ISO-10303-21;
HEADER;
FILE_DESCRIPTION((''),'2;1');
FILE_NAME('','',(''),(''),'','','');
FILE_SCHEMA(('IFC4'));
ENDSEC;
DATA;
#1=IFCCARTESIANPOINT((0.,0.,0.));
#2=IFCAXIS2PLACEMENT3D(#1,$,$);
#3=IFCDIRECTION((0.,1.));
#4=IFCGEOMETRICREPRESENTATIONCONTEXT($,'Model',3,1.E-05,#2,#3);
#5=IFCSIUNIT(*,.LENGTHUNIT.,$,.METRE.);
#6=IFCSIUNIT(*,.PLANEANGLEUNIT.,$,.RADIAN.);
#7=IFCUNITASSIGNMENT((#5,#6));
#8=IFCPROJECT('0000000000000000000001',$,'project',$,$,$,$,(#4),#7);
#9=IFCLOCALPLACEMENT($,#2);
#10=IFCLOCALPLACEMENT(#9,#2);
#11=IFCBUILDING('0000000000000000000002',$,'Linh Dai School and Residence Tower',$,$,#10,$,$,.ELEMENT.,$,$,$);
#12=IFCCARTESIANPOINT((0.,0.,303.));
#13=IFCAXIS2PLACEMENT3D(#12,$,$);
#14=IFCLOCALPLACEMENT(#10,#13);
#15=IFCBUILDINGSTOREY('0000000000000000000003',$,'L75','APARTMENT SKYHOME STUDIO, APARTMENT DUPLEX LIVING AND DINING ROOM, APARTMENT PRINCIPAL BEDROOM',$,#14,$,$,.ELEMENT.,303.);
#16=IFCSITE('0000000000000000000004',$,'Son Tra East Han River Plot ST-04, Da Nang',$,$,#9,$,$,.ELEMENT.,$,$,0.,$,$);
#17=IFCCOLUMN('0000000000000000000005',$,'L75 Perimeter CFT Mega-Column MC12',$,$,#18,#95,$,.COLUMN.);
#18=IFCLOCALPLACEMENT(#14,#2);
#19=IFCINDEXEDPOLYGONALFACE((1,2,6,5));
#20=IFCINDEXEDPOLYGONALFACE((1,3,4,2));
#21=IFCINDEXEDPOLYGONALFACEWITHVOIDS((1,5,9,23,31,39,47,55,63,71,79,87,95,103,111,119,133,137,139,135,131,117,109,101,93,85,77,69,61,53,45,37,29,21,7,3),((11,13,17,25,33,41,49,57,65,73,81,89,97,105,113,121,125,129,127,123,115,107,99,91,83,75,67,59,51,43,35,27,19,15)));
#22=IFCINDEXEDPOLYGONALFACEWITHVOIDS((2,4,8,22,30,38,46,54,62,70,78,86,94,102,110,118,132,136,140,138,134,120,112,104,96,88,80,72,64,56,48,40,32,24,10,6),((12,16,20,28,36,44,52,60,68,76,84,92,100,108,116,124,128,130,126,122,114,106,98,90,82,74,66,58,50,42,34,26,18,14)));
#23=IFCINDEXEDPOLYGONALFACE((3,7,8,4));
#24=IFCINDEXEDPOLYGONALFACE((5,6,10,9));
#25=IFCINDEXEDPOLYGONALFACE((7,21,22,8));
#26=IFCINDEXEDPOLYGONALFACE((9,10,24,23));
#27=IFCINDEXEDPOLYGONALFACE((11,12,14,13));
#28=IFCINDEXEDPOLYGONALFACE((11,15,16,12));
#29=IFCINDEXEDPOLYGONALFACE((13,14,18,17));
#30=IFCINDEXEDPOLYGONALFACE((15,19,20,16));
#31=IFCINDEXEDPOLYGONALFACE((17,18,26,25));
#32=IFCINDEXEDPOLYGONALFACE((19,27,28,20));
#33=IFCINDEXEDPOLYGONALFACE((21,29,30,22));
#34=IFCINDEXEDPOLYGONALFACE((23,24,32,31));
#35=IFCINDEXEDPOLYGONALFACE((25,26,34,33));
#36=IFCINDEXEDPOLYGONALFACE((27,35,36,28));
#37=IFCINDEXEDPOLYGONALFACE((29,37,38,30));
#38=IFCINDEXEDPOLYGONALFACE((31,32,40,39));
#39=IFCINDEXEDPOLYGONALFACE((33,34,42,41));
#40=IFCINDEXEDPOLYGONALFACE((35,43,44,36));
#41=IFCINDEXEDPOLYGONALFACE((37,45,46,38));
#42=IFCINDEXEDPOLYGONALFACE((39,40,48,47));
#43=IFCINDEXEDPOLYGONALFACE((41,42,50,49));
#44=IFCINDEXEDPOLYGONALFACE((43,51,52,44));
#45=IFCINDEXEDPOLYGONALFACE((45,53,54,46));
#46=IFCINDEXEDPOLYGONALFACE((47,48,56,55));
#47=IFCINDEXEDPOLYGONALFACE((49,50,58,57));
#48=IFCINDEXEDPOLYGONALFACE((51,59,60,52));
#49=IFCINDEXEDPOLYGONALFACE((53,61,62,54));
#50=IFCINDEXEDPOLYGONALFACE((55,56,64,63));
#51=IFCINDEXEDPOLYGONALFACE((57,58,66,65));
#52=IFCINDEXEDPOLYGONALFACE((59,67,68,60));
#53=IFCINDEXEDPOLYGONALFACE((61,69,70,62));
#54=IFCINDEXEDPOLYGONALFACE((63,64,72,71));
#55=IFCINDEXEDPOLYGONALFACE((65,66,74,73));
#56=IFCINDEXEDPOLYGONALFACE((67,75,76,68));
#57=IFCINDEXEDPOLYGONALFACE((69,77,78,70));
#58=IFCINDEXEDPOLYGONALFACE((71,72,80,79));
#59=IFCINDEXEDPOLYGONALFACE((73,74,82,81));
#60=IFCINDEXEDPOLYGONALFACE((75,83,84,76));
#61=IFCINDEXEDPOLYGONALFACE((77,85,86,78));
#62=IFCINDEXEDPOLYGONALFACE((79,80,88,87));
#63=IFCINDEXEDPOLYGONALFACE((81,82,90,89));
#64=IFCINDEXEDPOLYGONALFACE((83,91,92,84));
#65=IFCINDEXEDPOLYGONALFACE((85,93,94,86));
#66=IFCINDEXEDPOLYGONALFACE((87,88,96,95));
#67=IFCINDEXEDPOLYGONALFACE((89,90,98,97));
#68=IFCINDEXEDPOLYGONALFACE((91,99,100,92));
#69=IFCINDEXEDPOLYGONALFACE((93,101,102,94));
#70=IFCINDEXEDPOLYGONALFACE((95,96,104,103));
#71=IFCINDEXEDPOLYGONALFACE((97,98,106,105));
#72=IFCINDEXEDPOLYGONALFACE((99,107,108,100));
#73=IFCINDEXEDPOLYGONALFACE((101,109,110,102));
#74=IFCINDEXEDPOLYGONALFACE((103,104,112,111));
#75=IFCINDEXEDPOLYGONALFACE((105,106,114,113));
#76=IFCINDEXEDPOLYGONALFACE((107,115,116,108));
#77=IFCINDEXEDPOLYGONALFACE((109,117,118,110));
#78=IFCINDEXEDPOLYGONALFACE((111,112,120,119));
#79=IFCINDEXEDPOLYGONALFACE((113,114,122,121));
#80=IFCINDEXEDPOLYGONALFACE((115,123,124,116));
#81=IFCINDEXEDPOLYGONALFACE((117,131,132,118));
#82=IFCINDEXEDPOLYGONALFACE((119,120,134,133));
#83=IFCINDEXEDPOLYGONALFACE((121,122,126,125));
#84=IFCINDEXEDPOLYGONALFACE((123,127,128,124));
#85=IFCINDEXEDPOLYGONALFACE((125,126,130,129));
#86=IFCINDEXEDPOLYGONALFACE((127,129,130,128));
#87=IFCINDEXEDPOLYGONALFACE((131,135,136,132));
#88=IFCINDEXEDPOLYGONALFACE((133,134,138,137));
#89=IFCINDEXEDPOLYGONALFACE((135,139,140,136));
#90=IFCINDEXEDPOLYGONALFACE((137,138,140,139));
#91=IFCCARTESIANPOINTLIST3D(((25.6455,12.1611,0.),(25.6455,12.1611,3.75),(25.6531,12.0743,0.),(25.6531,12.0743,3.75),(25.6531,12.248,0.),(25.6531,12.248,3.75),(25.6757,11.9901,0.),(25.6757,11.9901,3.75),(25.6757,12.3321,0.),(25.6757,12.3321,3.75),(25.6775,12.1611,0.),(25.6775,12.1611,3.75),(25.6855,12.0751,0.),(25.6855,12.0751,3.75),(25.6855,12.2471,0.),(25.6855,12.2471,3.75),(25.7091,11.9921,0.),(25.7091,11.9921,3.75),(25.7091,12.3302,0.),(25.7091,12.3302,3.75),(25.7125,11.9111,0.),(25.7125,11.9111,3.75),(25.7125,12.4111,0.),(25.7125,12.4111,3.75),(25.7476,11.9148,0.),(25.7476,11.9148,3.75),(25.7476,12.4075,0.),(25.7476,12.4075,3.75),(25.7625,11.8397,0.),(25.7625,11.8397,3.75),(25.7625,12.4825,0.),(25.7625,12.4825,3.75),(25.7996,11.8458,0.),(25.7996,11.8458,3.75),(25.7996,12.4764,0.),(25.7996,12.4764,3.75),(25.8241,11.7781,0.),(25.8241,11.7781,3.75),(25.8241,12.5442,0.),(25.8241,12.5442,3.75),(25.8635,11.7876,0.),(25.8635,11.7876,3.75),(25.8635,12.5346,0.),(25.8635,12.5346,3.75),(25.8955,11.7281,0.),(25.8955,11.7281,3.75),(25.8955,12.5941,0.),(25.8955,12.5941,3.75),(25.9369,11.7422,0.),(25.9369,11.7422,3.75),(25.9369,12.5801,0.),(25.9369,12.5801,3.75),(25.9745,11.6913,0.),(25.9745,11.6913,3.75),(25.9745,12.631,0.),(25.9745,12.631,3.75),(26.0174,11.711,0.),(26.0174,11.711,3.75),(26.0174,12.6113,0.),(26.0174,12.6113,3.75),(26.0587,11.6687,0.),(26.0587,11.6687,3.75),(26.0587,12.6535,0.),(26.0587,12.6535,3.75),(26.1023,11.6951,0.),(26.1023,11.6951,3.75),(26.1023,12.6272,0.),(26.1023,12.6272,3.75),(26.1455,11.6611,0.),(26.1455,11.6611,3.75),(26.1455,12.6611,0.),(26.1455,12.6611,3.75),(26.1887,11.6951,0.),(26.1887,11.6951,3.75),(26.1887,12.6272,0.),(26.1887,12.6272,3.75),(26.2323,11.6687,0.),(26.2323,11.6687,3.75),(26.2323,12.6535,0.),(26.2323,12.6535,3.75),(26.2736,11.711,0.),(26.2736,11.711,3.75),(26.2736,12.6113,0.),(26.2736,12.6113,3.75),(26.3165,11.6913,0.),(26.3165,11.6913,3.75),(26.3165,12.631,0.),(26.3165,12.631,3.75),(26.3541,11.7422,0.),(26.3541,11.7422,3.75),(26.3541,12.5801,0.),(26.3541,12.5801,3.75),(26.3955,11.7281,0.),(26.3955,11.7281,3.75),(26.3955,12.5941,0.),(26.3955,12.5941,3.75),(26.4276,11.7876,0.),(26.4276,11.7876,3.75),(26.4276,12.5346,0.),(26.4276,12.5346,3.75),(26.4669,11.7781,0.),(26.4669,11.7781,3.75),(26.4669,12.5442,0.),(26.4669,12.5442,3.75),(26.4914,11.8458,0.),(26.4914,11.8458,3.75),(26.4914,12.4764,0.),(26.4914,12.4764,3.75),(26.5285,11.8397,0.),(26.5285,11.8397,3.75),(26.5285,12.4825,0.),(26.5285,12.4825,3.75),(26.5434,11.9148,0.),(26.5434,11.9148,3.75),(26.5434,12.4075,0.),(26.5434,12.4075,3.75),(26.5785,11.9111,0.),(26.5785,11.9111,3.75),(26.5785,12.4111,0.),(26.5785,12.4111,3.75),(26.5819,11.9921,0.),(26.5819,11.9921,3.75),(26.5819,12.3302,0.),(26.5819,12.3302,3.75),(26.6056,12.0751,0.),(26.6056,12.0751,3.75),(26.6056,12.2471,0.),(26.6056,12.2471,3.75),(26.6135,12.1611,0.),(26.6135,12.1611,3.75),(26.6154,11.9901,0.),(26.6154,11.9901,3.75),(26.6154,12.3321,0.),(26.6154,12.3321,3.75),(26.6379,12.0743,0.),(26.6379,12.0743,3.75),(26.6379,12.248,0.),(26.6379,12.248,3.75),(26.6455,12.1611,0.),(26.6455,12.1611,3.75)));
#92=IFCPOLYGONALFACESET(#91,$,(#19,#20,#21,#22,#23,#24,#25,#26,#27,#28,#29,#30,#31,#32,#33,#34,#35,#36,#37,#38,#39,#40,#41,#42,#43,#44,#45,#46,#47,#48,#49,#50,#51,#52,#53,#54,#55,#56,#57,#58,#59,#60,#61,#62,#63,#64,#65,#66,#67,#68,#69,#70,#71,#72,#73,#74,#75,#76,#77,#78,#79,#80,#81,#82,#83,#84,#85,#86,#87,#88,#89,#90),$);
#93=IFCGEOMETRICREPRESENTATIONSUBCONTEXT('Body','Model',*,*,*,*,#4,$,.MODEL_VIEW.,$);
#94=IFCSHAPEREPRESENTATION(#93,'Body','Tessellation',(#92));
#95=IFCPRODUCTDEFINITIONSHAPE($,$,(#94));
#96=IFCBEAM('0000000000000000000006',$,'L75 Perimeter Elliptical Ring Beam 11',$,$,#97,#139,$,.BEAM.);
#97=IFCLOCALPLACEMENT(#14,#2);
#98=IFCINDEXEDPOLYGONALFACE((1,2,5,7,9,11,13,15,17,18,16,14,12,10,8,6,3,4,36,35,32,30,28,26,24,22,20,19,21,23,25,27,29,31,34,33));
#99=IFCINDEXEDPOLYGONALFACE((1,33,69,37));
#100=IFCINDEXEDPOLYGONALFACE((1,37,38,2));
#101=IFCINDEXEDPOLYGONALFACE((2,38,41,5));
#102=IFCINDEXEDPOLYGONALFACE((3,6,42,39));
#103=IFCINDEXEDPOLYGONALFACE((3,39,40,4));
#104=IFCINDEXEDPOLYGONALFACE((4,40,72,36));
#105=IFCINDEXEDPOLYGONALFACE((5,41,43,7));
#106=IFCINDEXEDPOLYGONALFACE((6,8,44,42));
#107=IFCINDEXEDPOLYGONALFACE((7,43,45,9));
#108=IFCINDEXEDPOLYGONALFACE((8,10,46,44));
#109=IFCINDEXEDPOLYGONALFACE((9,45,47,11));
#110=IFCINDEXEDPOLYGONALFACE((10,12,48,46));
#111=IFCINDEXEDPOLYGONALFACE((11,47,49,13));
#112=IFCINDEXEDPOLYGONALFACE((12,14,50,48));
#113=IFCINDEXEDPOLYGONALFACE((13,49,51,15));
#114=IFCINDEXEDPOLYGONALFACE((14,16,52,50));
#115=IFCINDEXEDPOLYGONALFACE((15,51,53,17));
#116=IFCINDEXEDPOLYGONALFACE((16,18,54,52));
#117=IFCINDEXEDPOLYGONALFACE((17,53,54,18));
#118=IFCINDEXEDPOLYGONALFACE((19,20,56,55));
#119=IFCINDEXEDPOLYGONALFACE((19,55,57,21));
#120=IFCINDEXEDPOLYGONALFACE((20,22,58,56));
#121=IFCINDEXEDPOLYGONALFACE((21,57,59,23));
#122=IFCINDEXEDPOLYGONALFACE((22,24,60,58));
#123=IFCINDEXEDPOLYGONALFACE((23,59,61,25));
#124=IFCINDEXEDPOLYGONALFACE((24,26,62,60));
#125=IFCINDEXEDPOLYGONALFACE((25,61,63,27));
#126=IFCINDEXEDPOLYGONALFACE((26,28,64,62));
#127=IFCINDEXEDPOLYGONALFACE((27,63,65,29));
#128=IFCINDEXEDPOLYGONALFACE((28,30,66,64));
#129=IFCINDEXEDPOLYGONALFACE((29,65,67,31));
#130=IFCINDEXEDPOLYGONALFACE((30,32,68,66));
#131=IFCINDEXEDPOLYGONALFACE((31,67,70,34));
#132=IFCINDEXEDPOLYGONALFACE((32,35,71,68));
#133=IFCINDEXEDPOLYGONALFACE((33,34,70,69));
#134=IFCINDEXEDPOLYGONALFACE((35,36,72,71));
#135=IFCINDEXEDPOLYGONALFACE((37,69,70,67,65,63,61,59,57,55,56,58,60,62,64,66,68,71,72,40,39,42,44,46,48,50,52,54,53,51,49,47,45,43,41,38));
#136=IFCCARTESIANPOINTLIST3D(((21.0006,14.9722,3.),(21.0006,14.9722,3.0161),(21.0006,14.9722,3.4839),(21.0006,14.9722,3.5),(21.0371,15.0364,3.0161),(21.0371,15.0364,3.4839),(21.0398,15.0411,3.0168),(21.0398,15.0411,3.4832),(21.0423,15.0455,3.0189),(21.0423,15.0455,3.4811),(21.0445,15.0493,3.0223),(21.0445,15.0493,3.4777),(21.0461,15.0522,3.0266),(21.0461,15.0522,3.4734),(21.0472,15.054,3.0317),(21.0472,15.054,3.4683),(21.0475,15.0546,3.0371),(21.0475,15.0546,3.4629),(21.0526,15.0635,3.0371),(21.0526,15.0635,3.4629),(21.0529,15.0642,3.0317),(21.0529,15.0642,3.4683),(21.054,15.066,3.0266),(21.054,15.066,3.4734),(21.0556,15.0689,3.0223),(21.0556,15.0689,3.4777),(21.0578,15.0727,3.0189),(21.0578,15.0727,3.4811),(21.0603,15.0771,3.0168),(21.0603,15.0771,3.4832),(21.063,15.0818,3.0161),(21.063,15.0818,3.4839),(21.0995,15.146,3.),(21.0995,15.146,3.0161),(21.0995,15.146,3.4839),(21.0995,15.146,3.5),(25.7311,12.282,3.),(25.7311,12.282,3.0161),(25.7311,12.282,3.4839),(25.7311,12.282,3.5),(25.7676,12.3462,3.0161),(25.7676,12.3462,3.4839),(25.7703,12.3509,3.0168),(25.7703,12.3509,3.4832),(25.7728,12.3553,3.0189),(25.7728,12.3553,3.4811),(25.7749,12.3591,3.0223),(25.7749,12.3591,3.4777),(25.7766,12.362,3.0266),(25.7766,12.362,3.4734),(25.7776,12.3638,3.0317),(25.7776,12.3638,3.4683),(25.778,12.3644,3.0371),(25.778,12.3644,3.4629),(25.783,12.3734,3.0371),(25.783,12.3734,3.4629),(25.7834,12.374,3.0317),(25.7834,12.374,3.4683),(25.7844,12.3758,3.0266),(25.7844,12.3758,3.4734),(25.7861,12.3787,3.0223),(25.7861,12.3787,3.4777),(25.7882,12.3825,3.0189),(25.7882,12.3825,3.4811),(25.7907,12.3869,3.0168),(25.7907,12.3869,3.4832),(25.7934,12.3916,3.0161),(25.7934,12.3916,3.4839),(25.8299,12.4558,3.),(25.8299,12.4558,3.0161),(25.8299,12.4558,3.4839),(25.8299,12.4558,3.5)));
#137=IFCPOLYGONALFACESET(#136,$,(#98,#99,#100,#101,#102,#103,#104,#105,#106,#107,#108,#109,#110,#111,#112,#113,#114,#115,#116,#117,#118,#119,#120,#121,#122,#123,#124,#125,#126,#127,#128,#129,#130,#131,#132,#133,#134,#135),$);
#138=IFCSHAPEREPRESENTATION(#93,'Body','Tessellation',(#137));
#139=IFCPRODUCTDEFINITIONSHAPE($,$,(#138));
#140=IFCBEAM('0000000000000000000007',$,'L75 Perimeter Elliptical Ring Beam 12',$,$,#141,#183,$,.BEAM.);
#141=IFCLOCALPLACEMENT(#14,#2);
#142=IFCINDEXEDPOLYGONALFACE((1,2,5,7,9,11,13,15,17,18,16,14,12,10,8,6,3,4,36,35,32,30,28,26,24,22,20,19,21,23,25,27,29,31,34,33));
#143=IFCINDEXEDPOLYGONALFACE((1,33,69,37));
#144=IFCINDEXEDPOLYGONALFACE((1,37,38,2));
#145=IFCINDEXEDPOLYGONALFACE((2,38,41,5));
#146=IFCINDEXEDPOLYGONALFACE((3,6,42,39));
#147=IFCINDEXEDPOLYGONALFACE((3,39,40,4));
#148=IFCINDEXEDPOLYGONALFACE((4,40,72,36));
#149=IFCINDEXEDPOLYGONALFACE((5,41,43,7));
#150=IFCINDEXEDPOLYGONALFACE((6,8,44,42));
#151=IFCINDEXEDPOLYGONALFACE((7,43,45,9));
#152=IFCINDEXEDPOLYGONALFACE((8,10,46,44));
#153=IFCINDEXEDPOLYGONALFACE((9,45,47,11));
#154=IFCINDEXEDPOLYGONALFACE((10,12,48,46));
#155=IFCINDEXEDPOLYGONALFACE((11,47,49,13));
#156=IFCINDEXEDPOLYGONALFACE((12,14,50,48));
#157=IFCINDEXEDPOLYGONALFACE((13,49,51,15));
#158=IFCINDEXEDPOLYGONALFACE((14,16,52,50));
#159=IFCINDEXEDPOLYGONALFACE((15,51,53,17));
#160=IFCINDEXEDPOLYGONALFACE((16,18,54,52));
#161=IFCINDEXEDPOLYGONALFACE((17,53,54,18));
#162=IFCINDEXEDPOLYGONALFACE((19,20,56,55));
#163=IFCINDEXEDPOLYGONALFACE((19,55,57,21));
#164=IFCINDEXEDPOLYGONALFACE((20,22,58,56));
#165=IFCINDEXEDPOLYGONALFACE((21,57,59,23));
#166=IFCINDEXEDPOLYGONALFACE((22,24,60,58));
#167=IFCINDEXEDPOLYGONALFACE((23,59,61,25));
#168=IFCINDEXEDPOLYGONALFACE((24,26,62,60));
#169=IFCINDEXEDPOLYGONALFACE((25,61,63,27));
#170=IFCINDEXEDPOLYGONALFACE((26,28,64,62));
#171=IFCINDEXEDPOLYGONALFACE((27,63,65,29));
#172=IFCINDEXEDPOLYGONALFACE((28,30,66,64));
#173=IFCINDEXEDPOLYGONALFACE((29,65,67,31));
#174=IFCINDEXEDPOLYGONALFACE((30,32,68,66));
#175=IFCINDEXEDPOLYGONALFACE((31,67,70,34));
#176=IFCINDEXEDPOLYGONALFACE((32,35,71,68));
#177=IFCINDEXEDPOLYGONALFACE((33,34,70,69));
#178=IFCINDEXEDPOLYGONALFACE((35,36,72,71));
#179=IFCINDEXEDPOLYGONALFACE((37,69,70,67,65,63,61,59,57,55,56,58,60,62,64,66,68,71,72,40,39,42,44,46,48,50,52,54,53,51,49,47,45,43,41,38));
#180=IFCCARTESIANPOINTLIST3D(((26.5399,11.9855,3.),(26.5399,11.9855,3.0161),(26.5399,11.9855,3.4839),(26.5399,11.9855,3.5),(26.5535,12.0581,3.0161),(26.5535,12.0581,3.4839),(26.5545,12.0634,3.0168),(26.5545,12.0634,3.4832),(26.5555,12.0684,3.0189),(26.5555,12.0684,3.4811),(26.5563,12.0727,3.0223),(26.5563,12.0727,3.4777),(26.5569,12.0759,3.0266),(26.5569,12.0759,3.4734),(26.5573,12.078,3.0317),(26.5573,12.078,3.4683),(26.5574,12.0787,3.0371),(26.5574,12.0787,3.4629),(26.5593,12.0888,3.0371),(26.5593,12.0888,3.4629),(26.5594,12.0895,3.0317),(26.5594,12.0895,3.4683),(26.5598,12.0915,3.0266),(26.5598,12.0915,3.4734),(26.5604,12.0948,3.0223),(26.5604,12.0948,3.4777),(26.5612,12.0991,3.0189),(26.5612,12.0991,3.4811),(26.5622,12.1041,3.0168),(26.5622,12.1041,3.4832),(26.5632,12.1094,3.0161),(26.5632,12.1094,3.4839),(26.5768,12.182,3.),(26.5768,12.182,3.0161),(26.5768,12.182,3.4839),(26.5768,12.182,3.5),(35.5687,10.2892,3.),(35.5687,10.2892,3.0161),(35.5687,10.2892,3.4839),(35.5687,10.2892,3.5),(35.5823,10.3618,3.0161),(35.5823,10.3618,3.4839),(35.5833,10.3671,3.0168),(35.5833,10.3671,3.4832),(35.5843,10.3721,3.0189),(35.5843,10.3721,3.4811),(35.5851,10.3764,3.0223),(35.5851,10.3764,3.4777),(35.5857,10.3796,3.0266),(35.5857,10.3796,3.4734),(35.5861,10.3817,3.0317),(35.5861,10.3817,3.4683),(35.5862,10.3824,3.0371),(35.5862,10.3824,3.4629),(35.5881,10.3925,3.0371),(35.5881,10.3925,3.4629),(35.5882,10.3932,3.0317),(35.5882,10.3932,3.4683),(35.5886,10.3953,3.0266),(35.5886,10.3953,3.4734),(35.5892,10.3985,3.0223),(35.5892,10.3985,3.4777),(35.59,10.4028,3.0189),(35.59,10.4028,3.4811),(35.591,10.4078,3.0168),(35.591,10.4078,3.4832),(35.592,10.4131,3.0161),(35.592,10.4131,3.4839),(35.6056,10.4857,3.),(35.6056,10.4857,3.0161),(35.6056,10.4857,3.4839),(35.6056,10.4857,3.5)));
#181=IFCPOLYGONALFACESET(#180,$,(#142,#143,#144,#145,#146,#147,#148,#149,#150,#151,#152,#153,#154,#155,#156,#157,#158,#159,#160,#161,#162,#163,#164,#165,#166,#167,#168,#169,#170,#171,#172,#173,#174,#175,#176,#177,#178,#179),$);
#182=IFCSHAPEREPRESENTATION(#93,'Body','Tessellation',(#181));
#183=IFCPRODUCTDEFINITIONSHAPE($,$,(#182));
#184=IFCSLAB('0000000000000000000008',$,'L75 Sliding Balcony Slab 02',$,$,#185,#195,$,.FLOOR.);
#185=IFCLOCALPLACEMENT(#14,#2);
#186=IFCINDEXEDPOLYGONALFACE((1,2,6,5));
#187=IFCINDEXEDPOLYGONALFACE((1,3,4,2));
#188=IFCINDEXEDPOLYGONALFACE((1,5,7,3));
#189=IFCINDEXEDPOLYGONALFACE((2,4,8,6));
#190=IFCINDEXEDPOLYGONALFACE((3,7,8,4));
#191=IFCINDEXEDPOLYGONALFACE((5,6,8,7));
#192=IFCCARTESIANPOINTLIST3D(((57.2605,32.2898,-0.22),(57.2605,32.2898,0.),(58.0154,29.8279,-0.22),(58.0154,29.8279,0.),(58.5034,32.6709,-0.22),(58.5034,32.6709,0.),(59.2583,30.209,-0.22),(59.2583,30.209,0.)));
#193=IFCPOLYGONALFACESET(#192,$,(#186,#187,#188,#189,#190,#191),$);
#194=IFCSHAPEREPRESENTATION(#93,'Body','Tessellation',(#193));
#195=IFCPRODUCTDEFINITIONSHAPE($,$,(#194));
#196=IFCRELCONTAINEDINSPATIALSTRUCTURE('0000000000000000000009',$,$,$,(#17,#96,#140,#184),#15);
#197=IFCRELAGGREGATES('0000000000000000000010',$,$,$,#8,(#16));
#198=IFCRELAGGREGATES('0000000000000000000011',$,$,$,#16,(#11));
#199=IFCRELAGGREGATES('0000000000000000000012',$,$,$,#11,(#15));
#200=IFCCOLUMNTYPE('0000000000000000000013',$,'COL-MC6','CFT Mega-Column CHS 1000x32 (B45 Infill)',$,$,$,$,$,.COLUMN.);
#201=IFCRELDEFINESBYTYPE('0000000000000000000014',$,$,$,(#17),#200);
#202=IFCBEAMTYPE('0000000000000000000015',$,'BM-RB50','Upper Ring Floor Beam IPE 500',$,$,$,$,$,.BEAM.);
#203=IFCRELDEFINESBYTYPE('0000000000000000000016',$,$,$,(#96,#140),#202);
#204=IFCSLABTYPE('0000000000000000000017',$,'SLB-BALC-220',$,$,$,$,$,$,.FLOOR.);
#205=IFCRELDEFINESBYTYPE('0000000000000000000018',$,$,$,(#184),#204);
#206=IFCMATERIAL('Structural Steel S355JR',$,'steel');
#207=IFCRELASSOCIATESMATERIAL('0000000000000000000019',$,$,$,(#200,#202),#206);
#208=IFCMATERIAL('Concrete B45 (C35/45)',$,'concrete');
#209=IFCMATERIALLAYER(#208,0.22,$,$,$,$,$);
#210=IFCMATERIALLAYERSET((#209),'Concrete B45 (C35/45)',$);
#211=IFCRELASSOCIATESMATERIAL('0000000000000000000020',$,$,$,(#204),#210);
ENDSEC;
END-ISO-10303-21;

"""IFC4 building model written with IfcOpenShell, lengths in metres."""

from ifc_helpers import new_model, si_unit, direction, frame, origin, origin_2d, place, context, subcontext, project, spatial, polyline, hollow_circle, i_section, outline, extrude, material, layer, layer_set, material_profile, profile_set, type_object, element, save


model = new_model("IFC4")

# Units and contexts
model_context = context("Model", 3, precision=1e-05, world=origin(), true_north=direction((0.0, 1.0)))
body_context = subcontext(model_context, "Body", "Model", "MODEL_VIEW")
ifc_project = project(units=[si_unit("LENGTHUNIT", "METRE"), si_unit("PLANEANGLEUNIT", "RADIAN")], contexts=[model_context])

# Site, building, storey
site_placement = place(None, origin())
site = spatial("IfcSite", under=ifc_project, at=site_placement, Name="Son Tra East Han River Plot ST-04, Da Nang", CompositionType="ELEMENT", RefElevation=0.0)
building_placement = place(site_placement, origin())
building = spatial("IfcBuilding", under=site, at=building_placement, Name="Linh Dai School and Residence Tower", CompositionType="ELEMENT")
storey_placement = place(building_placement, frame((0.0, 0.0, 303.0)))
storey = spatial("IfcBuildingStorey", under=building, at=storey_placement, Name="L75", Description="APARTMENT SKYHOME STUDIO, APARTMENT DUPLEX LIVING AND DINING ROOM, APARTMENT PRINCIPAL BEDROOM", CompositionType="ELEMENT", Elevation=303.0)

# Column
ifc_material_1 = material(Name="Structural Steel S355JR", Category="steel")
ifc_material_profile_1 = material_profile(ifc_material_1, hollow_circle(Radius=0.5, WallThickness=0.032, at=origin_2d()), Name="CHS 1000x32")
ifc_profile_set_1 = profile_set([ifc_material_profile_1], Name="Structural Steel S355JR")
column_type = type_object("IfcColumnType", Name="COL-MC6", Description="CFT Mega-Column CHS 1000x32 (B45 Infill)", PredefinedType="COLUMN", material=ifc_profile_set_1)
column_placement = place(storey_placement, frame((26.1455, 12.1611, 0.0), z_axis=(0.0, 0.0, 1.0), x_axis=(1.0, 0.0, 0.0)))
element("IfcColumn", 1, at=column_placement, inside=storey, type_object=column_type, Name="L75 Perimeter CFT Mega-Column MC12", PredefinedType="COLUMN", context=body_context, shape_type="SweptSolid", body=[
    extrude(hollow_circle(Radius=0.5, WallThickness=0.032, at=origin_2d()), origin(), (0.0, 0.0, 1.0), 3.75),
])

# Beams
ifc_material_profile_2 = material_profile(ifc_material_1, i_section(OverallWidth=0.2, OverallDepth=0.5, WebThickness=0.0103, FlangeThickness=0.0161, FilletRadius=0.021, at=origin_2d()), Name="IPE 500")
ifc_profile_set_2 = profile_set([ifc_material_profile_2], Name="Structural Steel S355JR")
beam_type = type_object("IfcBeamType", Name="BM-RB50", Description="Upper Ring Floor Beam IPE 500", PredefinedType="BEAM", material=ifc_profile_set_2)
beam_1_placement = place(storey_placement, frame((21.05, 15.0591, 3.25), z_axis=(0.869266, -0.494345, 0.0), x_axis=(0.494345, 0.869266, 0.0)))
element("IfcBeam", 2, at=beam_1_placement, inside=storey, type_object=beam_type, Name="L75 Perimeter Elliptical Ring Beam 11", PredefinedType="BEAM", context=body_context, shape_type="SweptSolid", body=[
    extrude(i_section(OverallWidth=0.2, OverallDepth=0.5, WebThickness=0.0103, FlangeThickness=0.0161, FilletRadius=0.021, at=origin_2d()), origin(), (0.0, 0.0, 1.0), 5.4419),
])
beam_2_placement = place(storey_placement, frame((26.5583, 12.0837, 3.25), z_axis=(0.982805, -0.184645, 0.0), x_axis=(0.184645, 0.982805, 0.0)))
element("IfcBeam", 3, at=beam_2_placement, inside=storey, type_object=beam_type, Name="L75 Perimeter Elliptical Ring Beam 12", PredefinedType="BEAM", context=body_context, shape_type="SweptSolid", body=[
    extrude(i_section(OverallWidth=0.2, OverallDepth=0.5, WebThickness=0.0103, FlangeThickness=0.0161, FilletRadius=0.021, at=origin_2d()), origin(), (0.0, 0.0, 1.0), 9.1868),
])

# Slab
ifc_material_2 = material(Name="Concrete B45 (C35/45)", Category="concrete")
ifc_layer_1 = layer(ifc_material_2, 0.22)
ifc_layer_set_1 = layer_set([ifc_layer_1], Name="Concrete B45 (C35/45)")
slab_type_1 = type_object("IfcSlabType", Name="SLB-BALC-220", PredefinedType="FLOOR", material=ifc_layer_set_1)
slab_1_placement = place(storey_placement, frame((0.0, 0.0, -0.22)))
element("IfcSlab", 4, at=slab_1_placement, inside=storey, type_object=slab_type_1, Name="L75 Sliding Balcony Slab 02", PredefinedType="FLOOR", context=body_context, shape_type="SweptSolid", body=[
    extrude(outline(polyline([(57.2605, 32.2898), (58.0154, 29.8279), (59.2583, 30.209), (58.5034, 32.6709), (57.2605, 32.2898)])), origin(), (0.0, 0.0, 1.0), 0.22),
])

save(model, "model.ifc")
